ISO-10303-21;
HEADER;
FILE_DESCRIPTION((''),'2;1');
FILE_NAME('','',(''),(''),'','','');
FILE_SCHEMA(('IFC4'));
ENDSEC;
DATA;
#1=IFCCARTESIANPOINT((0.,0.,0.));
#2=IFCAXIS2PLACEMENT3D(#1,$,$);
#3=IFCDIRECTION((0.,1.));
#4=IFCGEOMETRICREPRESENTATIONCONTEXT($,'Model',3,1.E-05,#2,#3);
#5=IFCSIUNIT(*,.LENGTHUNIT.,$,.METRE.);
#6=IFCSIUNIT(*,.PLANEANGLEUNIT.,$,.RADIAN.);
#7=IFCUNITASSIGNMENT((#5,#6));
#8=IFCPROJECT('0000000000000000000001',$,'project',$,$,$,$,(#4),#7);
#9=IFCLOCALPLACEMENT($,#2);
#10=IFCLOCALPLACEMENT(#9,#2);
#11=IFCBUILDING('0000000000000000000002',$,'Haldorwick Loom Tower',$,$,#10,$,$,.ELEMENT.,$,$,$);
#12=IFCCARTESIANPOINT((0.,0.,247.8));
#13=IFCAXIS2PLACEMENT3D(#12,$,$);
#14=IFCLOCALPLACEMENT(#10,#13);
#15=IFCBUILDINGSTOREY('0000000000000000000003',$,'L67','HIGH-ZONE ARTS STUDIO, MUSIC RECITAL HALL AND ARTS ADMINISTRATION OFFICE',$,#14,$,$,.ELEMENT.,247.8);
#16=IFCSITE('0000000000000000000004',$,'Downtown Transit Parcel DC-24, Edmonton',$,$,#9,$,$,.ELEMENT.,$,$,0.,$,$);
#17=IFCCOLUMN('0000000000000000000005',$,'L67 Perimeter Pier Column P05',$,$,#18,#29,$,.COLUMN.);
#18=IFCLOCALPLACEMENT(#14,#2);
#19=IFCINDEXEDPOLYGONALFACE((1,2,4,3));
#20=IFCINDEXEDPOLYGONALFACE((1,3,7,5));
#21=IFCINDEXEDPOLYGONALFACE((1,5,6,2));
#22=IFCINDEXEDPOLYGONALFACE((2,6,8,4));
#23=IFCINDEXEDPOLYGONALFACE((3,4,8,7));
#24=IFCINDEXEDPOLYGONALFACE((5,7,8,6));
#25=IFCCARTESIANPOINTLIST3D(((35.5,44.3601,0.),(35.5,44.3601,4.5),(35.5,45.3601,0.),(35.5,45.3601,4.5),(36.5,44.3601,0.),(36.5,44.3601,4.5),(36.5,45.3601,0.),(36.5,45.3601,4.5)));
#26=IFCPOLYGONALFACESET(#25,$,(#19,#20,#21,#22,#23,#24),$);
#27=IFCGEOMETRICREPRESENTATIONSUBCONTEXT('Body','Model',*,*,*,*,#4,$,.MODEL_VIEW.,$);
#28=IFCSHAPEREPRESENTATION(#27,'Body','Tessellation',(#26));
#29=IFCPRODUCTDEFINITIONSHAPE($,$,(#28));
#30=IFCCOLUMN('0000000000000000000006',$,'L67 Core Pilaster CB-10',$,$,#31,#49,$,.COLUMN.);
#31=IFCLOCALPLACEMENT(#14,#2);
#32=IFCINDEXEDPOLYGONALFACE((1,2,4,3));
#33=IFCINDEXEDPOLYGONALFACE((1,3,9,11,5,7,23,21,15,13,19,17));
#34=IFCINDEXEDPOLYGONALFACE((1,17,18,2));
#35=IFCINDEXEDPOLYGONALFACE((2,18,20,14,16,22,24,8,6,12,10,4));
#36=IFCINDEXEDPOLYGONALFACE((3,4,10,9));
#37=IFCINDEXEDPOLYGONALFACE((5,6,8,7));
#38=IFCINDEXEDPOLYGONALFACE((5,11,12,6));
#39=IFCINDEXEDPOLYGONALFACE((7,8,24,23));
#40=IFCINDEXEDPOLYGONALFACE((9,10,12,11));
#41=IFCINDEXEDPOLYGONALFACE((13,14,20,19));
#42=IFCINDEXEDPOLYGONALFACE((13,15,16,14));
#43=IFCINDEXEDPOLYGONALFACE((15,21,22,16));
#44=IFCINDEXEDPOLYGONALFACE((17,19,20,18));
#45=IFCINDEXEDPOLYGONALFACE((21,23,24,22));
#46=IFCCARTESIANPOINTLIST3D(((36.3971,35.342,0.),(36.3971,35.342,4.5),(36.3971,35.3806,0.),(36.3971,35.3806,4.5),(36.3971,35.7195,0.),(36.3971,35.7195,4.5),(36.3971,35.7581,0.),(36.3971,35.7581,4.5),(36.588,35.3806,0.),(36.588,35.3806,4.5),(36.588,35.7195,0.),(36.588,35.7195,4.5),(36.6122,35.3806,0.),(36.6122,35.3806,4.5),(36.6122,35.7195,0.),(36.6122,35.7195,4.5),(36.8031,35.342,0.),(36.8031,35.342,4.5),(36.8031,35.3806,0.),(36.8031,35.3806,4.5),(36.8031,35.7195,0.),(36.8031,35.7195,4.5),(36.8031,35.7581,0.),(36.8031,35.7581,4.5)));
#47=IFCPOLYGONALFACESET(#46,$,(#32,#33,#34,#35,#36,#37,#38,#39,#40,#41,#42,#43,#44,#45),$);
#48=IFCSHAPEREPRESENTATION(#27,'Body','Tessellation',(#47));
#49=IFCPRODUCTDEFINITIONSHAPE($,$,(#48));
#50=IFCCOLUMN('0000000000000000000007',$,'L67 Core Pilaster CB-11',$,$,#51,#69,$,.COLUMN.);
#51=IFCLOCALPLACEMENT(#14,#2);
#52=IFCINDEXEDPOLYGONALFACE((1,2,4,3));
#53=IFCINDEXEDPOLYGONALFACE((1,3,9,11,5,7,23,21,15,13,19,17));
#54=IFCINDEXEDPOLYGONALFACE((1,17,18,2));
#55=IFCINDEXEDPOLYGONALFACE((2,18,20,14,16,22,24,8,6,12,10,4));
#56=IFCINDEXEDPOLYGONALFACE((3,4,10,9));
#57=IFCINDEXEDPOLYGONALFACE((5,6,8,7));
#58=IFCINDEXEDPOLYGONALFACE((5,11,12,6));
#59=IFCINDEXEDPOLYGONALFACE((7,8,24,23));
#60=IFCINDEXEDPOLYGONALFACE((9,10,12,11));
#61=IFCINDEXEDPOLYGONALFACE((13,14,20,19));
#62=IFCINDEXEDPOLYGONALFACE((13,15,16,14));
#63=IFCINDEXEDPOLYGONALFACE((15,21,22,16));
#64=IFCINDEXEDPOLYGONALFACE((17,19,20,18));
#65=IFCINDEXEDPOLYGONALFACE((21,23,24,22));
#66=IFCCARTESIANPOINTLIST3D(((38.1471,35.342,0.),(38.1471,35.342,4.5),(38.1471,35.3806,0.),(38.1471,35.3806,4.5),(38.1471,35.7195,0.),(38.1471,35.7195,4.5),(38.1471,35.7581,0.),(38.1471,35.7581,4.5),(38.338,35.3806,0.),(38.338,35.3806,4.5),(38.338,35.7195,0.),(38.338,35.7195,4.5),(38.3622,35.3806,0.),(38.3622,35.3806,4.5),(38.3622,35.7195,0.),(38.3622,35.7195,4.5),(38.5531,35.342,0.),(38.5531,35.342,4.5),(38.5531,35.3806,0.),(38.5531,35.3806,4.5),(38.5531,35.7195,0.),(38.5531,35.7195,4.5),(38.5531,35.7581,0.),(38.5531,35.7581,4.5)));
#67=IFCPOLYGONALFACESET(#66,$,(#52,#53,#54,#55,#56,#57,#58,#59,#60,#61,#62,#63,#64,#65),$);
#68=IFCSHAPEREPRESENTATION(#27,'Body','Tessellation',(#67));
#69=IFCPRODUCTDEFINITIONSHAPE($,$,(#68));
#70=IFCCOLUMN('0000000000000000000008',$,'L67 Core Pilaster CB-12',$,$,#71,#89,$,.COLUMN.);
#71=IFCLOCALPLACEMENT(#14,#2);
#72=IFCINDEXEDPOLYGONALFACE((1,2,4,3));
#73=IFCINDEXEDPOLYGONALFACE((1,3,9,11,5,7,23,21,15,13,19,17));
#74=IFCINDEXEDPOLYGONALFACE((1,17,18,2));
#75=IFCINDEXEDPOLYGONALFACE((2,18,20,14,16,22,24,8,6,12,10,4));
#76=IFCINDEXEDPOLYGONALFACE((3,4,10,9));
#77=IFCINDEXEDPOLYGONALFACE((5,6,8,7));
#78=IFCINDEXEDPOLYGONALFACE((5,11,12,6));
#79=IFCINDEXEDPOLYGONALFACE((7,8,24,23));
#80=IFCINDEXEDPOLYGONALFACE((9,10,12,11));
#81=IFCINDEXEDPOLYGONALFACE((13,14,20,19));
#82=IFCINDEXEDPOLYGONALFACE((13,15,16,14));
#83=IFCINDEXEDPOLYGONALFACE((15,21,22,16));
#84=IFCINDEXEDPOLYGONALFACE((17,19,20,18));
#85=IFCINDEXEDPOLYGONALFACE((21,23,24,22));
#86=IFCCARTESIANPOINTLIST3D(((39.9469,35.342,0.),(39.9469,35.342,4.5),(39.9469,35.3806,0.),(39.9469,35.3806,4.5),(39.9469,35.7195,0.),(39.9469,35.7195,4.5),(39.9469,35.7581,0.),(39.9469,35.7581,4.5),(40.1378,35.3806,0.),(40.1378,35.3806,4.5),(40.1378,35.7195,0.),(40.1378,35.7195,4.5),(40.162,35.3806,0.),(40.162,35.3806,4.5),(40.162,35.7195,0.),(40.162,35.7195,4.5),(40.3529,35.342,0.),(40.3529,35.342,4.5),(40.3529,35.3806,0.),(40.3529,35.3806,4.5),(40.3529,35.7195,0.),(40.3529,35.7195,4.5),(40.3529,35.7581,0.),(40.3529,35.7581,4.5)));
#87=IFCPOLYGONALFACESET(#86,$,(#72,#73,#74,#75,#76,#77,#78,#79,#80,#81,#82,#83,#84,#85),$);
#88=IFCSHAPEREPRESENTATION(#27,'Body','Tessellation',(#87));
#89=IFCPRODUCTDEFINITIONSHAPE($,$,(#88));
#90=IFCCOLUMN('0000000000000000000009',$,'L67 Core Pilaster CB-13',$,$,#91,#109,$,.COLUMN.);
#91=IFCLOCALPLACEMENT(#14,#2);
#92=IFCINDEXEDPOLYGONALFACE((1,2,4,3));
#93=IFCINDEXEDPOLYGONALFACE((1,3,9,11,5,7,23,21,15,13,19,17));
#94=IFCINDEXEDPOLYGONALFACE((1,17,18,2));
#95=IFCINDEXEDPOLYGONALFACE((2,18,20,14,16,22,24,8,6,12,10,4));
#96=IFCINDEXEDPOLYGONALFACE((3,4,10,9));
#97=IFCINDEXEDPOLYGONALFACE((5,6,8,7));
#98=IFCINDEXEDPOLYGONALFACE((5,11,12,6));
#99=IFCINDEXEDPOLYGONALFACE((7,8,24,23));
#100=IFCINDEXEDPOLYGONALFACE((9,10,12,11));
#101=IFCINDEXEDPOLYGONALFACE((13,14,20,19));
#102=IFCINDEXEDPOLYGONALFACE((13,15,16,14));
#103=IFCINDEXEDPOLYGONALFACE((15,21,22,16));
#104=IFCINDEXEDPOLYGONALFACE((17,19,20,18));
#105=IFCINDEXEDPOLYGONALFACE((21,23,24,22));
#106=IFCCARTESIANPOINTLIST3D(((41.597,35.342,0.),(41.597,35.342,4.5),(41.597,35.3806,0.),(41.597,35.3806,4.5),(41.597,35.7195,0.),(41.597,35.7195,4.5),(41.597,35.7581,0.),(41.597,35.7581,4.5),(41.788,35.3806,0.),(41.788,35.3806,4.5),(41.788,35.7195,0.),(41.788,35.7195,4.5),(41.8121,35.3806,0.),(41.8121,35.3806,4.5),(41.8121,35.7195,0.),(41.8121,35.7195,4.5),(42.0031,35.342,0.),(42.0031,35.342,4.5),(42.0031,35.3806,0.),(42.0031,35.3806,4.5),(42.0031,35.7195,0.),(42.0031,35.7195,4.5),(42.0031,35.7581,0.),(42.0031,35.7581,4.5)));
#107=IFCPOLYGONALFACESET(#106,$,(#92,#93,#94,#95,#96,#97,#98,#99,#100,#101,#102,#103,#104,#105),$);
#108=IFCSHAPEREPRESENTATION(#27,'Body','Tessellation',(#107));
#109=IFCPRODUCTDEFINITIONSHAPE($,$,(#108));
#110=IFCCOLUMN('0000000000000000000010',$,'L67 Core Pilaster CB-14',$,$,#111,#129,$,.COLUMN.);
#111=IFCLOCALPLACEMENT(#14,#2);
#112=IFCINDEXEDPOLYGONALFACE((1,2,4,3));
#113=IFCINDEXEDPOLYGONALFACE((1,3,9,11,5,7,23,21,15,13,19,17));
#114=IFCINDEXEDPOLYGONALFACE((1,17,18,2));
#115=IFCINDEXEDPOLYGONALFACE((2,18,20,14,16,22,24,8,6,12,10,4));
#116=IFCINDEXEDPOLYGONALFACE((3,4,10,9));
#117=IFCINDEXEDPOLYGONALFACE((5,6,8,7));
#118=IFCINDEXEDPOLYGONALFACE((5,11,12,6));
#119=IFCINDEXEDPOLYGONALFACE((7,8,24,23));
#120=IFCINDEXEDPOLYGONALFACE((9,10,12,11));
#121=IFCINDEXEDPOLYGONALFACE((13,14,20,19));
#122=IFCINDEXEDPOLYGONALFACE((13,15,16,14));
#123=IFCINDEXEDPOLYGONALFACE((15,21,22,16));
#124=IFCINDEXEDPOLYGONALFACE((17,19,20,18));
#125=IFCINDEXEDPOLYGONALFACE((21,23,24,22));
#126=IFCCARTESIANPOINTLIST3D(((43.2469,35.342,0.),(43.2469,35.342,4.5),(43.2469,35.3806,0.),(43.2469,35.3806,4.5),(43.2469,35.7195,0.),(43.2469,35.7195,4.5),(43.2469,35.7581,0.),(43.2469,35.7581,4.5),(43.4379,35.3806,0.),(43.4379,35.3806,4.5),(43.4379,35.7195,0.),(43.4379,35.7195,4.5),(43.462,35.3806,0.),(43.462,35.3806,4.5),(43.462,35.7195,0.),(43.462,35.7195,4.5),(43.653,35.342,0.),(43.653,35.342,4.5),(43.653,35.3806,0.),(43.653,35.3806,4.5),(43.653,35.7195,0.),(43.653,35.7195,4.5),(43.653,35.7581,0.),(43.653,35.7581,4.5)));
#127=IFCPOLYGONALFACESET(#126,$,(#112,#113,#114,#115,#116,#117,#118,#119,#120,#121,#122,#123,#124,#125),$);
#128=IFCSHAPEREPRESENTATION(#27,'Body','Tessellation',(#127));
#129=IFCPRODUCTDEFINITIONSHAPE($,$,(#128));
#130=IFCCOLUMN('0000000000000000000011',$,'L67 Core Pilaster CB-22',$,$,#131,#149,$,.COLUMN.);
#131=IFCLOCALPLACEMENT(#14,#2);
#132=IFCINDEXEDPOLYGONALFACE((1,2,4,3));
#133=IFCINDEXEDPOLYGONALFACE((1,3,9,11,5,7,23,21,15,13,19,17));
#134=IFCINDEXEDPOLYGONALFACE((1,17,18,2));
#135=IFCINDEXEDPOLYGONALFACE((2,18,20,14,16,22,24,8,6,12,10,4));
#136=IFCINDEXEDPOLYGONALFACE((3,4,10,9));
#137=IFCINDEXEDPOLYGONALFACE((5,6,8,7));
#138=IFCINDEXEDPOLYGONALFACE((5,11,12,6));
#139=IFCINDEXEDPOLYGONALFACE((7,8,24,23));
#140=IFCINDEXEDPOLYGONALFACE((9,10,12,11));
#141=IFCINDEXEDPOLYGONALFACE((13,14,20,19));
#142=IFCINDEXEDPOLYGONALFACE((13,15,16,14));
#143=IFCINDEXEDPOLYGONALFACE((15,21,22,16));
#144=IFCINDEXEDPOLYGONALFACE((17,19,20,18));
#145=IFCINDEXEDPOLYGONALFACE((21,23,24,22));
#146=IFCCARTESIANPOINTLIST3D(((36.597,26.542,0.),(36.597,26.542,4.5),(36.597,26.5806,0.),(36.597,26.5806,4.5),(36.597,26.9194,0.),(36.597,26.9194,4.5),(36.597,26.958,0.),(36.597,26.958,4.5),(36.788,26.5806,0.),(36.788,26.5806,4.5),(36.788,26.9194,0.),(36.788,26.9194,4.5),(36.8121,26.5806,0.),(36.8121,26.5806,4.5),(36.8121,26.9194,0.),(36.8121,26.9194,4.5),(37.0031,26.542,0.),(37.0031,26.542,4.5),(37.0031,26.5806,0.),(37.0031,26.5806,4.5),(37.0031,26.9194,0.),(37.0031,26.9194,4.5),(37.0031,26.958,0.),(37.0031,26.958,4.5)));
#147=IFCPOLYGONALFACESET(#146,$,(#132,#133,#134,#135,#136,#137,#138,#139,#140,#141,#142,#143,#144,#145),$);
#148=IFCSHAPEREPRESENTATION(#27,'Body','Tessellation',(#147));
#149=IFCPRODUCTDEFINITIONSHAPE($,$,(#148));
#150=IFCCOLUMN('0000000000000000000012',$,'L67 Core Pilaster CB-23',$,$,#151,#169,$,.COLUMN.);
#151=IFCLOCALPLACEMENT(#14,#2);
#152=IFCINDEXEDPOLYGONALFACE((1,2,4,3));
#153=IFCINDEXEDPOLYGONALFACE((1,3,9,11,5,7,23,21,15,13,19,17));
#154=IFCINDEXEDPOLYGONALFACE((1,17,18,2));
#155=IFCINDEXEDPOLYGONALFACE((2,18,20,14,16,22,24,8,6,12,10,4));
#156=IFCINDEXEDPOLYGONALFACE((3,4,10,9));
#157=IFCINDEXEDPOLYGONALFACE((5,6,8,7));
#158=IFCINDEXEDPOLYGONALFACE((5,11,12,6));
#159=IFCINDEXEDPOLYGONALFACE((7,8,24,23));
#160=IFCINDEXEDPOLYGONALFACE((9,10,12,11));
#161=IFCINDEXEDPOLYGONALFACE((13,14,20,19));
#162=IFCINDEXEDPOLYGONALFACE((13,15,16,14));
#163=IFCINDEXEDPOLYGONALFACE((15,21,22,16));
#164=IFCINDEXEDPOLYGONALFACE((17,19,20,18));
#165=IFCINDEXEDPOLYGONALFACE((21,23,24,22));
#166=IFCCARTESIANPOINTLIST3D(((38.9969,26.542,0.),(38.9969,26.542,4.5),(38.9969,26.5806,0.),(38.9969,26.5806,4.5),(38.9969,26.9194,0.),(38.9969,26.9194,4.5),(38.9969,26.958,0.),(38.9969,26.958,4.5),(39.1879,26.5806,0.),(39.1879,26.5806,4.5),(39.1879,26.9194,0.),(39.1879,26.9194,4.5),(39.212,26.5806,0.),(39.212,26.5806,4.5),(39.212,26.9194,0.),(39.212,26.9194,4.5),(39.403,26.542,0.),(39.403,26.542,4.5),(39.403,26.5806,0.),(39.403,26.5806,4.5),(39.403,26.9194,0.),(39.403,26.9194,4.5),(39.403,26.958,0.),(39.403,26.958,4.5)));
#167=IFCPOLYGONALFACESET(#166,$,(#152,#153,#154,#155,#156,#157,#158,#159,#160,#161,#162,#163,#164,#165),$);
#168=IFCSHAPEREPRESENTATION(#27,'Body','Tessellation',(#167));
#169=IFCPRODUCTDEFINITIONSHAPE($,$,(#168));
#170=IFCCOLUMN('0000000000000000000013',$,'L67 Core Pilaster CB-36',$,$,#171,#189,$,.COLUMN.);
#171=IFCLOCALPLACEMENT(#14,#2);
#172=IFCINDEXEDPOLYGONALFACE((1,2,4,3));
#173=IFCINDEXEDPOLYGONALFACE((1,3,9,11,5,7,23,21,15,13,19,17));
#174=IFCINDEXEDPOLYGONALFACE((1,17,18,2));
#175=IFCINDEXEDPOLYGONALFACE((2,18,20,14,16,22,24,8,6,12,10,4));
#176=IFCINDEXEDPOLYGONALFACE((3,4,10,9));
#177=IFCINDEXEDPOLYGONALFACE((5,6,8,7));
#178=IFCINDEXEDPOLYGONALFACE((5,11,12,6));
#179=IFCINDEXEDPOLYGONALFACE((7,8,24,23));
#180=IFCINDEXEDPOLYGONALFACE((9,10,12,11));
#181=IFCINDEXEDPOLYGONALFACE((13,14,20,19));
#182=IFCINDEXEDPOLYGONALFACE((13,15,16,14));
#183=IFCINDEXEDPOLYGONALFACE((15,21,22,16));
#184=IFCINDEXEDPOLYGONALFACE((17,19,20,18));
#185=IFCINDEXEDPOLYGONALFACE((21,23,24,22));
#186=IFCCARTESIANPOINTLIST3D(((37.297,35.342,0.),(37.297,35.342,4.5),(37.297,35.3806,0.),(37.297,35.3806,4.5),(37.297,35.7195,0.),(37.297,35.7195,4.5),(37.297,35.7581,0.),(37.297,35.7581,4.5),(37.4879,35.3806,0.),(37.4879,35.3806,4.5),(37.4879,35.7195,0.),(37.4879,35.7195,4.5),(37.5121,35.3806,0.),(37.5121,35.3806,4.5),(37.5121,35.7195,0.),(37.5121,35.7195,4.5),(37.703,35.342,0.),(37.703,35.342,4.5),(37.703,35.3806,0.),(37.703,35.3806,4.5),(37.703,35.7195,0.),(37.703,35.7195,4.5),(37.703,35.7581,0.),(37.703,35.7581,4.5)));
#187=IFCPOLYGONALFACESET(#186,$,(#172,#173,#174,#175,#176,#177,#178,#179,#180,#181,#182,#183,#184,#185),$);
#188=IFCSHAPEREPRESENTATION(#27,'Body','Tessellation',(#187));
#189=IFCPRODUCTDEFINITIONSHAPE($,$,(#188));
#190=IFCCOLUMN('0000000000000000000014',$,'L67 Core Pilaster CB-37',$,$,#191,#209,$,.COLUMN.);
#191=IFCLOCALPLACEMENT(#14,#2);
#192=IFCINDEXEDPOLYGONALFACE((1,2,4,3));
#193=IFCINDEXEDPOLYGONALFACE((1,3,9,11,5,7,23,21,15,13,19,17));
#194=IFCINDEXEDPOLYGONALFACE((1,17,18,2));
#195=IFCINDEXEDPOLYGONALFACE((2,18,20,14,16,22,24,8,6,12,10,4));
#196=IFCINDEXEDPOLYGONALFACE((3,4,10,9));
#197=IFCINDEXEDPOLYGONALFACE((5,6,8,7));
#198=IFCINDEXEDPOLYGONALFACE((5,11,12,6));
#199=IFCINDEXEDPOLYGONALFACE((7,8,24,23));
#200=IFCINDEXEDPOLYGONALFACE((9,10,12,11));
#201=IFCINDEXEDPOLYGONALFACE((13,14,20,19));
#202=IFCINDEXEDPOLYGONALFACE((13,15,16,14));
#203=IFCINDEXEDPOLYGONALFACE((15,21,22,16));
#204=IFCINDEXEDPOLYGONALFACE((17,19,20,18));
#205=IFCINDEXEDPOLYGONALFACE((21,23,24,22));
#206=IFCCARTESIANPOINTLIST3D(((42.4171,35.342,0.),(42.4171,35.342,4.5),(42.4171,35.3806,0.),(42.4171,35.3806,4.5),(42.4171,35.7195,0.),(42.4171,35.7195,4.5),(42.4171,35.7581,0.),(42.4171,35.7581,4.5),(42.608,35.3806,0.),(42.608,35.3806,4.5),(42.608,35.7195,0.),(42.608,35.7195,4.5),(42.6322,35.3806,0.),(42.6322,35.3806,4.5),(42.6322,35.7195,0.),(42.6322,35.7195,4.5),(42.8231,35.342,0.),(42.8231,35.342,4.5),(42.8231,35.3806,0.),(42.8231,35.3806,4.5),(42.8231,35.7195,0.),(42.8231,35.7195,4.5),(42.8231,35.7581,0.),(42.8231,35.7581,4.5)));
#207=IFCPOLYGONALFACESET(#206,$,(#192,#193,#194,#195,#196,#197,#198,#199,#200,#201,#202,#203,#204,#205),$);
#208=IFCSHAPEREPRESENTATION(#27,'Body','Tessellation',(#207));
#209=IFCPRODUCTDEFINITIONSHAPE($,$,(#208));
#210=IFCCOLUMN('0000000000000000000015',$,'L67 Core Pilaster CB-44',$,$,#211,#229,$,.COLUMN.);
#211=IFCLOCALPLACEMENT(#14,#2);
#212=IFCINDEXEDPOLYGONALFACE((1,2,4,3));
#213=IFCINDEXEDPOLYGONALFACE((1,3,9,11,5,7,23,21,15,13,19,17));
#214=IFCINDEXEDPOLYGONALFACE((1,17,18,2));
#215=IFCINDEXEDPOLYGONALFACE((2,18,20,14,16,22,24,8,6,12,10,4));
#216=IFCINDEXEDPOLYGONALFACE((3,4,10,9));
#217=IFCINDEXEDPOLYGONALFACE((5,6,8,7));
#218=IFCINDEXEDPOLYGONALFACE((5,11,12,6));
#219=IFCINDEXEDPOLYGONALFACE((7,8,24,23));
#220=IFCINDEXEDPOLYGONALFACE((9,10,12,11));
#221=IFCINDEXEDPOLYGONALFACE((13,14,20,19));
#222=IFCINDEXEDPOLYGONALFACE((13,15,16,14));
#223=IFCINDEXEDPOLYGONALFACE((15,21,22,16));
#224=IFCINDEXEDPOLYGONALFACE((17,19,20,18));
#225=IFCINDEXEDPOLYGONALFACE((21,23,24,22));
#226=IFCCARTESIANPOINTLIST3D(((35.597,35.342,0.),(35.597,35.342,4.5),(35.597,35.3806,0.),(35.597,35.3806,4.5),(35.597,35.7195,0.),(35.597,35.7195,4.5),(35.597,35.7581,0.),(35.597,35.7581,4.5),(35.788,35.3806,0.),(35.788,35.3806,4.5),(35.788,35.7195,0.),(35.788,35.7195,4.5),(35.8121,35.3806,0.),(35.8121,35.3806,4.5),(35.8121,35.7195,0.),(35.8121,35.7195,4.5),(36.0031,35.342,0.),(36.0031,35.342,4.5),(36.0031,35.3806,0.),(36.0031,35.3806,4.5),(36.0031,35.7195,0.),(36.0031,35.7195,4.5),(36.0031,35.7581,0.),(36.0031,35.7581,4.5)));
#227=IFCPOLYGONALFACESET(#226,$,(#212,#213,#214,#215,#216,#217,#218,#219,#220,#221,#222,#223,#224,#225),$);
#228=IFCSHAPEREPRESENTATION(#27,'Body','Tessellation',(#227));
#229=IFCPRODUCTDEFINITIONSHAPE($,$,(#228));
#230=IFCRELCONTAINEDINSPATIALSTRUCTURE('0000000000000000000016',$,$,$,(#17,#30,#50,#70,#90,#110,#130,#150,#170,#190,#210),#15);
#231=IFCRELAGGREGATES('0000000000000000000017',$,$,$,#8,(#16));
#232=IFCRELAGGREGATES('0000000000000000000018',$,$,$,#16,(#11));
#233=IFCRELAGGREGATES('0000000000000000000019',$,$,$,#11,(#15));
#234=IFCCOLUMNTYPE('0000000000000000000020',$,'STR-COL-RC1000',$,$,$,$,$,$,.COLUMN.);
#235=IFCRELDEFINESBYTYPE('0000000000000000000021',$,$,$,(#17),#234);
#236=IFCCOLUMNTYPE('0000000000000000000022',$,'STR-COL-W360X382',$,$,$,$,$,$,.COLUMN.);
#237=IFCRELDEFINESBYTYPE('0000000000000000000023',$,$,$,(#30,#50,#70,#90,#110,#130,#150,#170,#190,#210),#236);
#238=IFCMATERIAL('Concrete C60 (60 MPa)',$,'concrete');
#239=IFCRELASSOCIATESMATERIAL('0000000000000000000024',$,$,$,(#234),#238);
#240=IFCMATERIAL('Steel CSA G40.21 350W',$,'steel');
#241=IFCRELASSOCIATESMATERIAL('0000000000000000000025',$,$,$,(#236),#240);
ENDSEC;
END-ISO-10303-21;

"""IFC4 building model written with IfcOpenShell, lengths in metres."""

from ifc_helpers import new_model, si_unit, direction, frame, origin, origin_2d, place, context, subcontext, project, spatial, rectangle, i_section, extrude, material, material_profile, profile_set, type_object, element, save


model = new_model("IFC4")

# Units and contexts
model_context = context("Model", 3, precision=1e-05, world=origin(), true_north=direction((0.0, 1.0)))
body_context = subcontext(model_context, "Body", "Model", "MODEL_VIEW")
ifc_project = project(units=[si_unit("LENGTHUNIT", "METRE"), si_unit("PLANEANGLEUNIT", "RADIAN")], contexts=[model_context])

# Site, building, storey
site_placement = place(None, origin())
site = spatial("IfcSite", under=ifc_project, at=site_placement, Name="Downtown Transit Parcel DC-24, Edmonton", CompositionType="ELEMENT", RefElevation=0.0)
building_placement = place(site_placement, origin())
building = spatial("IfcBuilding", under=site, at=building_placement, Name="Haldorwick Loom Tower", CompositionType="ELEMENT")
storey_placement = place(building_placement, frame((0.0, 0.0, 247.8)))
storey = spatial("IfcBuildingStorey", under=building, at=storey_placement, Name="L67", Description="HIGH-ZONE ARTS STUDIO, MUSIC RECITAL HALL AND ARTS ADMINISTRATION OFFICE", CompositionType="ELEMENT", Elevation=247.8)

# Columns
ifc_material_1 = material(Name="Concrete C60 (60 MPa)", Category="concrete")
ifc_material_profile_1 = material_profile(ifc_material_1, rectangle(XDim=1.0, YDim=1.0, at=origin_2d()), Name="RC1000X1000", Category="concrete")
ifc_profile_set_1 = profile_set([ifc_material_profile_1], Name="Concrete C60 (60 MPa)")
column_type_1 = type_object("IfcColumnType", Name="STR-COL-RC1000", PredefinedType="COLUMN", material=ifc_profile_set_1)
column_placement = place(storey_placement, frame((36.0, 44.8601, 0.0), z_axis=(0.0, 0.0, 1.0), x_axis=(0.0, 1.0, 0.0)))
element("IfcColumn", 1, at=column_placement, inside=storey, type_object=column_type_1, Name="L67 Perimeter Pier Column P05", PredefinedType="COLUMN", context=body_context, shape_type="SweptSolid", body=[
    extrude(rectangle(XDim=1.0, YDim=1.0, at=origin_2d()), origin(), (0.0, 0.0, 1.0), 4.5),
])
ifc_material_2 = material(Name="Steel CSA G40.21 350W", Category="steel")
ifc_material_profile_2 = material_profile(ifc_material_2, i_section(OverallWidth=0.406, OverallDepth=0.416, WebThickness=0.0242, FlangeThickness=0.0386, at=origin_2d()), Name="W360X382", Category="steel")
ifc_profile_set_2 = profile_set([ifc_material_profile_2], Name="Steel CSA G40.21 350W")
column_type_2 = type_object("IfcColumnType", Name="STR-COL-W360X382", PredefinedType="COLUMN", material=ifc_profile_set_2)
for number, where, z_axis, x_axis, name in (
    (2, (36.6001, 35.55, 0.0), (0.0, 0.0, 1.0), (1.0, 0.0, 0.0), "L67 Core Pilaster CB-10"),
    (3, (38.3501, 35.55, 0.0), (0.0, 0.0, 1.0), (1.0, 0.0, 0.0), "L67 Core Pilaster CB-11"),
    (4, (40.1499, 35.55, 0.0), (0.0, 0.0, 1.0), (1.0, 0.0, 0.0), "L67 Core Pilaster CB-12"),
    (5, (41.8, 35.55, 0.0), (0.0, 0.0, 1.0), (1.0, 0.0, 0.0), "L67 Core Pilaster CB-13"),
    (6, (43.45, 35.55, 0.0), (0.0, 0.0, 1.0), (1.0, 0.0, 0.0), "L67 Core Pilaster CB-14"),
    (7, (36.8, 26.75, 0.0), (0.0, 0.0, 1.0), (1.0, 0.0, 0.0), "L67 Core Pilaster CB-22"),
    (8, (39.2, 26.75, 0.0), (0.0, 0.0, 1.0), (1.0, 0.0, 0.0), "L67 Core Pilaster CB-23"),
    (9, (37.5, 35.55, 0.0), (0.0, 0.0, 1.0), (1.0, 0.0, 0.0), "L67 Core Pilaster CB-36"),
    (10, (42.6201, 35.55, 0.0), (0.0, 0.0, 1.0), (1.0, 0.0, 0.0), "L67 Core Pilaster CB-37"),
    (11, (35.8, 35.55, 0.0), (0.0, 0.0, 1.0), (1.0, 0.0, 0.0), "L67 Core Pilaster CB-44"),
):
    element("IfcColumn", number, at=place(storey_placement, frame(where, z_axis=z_axis, x_axis=x_axis)), inside=storey, type_object=column_type_2, Name=name, PredefinedType="COLUMN", context=body_context, shape_type="SweptSolid", body=[
        extrude(i_section(OverallWidth=0.406, OverallDepth=0.416, WebThickness=0.0242, FlangeThickness=0.0386, at=origin_2d()), origin(), (0.0, 0.0, 1.0), 4.5),
    ])

save(model, "model.ifc")
